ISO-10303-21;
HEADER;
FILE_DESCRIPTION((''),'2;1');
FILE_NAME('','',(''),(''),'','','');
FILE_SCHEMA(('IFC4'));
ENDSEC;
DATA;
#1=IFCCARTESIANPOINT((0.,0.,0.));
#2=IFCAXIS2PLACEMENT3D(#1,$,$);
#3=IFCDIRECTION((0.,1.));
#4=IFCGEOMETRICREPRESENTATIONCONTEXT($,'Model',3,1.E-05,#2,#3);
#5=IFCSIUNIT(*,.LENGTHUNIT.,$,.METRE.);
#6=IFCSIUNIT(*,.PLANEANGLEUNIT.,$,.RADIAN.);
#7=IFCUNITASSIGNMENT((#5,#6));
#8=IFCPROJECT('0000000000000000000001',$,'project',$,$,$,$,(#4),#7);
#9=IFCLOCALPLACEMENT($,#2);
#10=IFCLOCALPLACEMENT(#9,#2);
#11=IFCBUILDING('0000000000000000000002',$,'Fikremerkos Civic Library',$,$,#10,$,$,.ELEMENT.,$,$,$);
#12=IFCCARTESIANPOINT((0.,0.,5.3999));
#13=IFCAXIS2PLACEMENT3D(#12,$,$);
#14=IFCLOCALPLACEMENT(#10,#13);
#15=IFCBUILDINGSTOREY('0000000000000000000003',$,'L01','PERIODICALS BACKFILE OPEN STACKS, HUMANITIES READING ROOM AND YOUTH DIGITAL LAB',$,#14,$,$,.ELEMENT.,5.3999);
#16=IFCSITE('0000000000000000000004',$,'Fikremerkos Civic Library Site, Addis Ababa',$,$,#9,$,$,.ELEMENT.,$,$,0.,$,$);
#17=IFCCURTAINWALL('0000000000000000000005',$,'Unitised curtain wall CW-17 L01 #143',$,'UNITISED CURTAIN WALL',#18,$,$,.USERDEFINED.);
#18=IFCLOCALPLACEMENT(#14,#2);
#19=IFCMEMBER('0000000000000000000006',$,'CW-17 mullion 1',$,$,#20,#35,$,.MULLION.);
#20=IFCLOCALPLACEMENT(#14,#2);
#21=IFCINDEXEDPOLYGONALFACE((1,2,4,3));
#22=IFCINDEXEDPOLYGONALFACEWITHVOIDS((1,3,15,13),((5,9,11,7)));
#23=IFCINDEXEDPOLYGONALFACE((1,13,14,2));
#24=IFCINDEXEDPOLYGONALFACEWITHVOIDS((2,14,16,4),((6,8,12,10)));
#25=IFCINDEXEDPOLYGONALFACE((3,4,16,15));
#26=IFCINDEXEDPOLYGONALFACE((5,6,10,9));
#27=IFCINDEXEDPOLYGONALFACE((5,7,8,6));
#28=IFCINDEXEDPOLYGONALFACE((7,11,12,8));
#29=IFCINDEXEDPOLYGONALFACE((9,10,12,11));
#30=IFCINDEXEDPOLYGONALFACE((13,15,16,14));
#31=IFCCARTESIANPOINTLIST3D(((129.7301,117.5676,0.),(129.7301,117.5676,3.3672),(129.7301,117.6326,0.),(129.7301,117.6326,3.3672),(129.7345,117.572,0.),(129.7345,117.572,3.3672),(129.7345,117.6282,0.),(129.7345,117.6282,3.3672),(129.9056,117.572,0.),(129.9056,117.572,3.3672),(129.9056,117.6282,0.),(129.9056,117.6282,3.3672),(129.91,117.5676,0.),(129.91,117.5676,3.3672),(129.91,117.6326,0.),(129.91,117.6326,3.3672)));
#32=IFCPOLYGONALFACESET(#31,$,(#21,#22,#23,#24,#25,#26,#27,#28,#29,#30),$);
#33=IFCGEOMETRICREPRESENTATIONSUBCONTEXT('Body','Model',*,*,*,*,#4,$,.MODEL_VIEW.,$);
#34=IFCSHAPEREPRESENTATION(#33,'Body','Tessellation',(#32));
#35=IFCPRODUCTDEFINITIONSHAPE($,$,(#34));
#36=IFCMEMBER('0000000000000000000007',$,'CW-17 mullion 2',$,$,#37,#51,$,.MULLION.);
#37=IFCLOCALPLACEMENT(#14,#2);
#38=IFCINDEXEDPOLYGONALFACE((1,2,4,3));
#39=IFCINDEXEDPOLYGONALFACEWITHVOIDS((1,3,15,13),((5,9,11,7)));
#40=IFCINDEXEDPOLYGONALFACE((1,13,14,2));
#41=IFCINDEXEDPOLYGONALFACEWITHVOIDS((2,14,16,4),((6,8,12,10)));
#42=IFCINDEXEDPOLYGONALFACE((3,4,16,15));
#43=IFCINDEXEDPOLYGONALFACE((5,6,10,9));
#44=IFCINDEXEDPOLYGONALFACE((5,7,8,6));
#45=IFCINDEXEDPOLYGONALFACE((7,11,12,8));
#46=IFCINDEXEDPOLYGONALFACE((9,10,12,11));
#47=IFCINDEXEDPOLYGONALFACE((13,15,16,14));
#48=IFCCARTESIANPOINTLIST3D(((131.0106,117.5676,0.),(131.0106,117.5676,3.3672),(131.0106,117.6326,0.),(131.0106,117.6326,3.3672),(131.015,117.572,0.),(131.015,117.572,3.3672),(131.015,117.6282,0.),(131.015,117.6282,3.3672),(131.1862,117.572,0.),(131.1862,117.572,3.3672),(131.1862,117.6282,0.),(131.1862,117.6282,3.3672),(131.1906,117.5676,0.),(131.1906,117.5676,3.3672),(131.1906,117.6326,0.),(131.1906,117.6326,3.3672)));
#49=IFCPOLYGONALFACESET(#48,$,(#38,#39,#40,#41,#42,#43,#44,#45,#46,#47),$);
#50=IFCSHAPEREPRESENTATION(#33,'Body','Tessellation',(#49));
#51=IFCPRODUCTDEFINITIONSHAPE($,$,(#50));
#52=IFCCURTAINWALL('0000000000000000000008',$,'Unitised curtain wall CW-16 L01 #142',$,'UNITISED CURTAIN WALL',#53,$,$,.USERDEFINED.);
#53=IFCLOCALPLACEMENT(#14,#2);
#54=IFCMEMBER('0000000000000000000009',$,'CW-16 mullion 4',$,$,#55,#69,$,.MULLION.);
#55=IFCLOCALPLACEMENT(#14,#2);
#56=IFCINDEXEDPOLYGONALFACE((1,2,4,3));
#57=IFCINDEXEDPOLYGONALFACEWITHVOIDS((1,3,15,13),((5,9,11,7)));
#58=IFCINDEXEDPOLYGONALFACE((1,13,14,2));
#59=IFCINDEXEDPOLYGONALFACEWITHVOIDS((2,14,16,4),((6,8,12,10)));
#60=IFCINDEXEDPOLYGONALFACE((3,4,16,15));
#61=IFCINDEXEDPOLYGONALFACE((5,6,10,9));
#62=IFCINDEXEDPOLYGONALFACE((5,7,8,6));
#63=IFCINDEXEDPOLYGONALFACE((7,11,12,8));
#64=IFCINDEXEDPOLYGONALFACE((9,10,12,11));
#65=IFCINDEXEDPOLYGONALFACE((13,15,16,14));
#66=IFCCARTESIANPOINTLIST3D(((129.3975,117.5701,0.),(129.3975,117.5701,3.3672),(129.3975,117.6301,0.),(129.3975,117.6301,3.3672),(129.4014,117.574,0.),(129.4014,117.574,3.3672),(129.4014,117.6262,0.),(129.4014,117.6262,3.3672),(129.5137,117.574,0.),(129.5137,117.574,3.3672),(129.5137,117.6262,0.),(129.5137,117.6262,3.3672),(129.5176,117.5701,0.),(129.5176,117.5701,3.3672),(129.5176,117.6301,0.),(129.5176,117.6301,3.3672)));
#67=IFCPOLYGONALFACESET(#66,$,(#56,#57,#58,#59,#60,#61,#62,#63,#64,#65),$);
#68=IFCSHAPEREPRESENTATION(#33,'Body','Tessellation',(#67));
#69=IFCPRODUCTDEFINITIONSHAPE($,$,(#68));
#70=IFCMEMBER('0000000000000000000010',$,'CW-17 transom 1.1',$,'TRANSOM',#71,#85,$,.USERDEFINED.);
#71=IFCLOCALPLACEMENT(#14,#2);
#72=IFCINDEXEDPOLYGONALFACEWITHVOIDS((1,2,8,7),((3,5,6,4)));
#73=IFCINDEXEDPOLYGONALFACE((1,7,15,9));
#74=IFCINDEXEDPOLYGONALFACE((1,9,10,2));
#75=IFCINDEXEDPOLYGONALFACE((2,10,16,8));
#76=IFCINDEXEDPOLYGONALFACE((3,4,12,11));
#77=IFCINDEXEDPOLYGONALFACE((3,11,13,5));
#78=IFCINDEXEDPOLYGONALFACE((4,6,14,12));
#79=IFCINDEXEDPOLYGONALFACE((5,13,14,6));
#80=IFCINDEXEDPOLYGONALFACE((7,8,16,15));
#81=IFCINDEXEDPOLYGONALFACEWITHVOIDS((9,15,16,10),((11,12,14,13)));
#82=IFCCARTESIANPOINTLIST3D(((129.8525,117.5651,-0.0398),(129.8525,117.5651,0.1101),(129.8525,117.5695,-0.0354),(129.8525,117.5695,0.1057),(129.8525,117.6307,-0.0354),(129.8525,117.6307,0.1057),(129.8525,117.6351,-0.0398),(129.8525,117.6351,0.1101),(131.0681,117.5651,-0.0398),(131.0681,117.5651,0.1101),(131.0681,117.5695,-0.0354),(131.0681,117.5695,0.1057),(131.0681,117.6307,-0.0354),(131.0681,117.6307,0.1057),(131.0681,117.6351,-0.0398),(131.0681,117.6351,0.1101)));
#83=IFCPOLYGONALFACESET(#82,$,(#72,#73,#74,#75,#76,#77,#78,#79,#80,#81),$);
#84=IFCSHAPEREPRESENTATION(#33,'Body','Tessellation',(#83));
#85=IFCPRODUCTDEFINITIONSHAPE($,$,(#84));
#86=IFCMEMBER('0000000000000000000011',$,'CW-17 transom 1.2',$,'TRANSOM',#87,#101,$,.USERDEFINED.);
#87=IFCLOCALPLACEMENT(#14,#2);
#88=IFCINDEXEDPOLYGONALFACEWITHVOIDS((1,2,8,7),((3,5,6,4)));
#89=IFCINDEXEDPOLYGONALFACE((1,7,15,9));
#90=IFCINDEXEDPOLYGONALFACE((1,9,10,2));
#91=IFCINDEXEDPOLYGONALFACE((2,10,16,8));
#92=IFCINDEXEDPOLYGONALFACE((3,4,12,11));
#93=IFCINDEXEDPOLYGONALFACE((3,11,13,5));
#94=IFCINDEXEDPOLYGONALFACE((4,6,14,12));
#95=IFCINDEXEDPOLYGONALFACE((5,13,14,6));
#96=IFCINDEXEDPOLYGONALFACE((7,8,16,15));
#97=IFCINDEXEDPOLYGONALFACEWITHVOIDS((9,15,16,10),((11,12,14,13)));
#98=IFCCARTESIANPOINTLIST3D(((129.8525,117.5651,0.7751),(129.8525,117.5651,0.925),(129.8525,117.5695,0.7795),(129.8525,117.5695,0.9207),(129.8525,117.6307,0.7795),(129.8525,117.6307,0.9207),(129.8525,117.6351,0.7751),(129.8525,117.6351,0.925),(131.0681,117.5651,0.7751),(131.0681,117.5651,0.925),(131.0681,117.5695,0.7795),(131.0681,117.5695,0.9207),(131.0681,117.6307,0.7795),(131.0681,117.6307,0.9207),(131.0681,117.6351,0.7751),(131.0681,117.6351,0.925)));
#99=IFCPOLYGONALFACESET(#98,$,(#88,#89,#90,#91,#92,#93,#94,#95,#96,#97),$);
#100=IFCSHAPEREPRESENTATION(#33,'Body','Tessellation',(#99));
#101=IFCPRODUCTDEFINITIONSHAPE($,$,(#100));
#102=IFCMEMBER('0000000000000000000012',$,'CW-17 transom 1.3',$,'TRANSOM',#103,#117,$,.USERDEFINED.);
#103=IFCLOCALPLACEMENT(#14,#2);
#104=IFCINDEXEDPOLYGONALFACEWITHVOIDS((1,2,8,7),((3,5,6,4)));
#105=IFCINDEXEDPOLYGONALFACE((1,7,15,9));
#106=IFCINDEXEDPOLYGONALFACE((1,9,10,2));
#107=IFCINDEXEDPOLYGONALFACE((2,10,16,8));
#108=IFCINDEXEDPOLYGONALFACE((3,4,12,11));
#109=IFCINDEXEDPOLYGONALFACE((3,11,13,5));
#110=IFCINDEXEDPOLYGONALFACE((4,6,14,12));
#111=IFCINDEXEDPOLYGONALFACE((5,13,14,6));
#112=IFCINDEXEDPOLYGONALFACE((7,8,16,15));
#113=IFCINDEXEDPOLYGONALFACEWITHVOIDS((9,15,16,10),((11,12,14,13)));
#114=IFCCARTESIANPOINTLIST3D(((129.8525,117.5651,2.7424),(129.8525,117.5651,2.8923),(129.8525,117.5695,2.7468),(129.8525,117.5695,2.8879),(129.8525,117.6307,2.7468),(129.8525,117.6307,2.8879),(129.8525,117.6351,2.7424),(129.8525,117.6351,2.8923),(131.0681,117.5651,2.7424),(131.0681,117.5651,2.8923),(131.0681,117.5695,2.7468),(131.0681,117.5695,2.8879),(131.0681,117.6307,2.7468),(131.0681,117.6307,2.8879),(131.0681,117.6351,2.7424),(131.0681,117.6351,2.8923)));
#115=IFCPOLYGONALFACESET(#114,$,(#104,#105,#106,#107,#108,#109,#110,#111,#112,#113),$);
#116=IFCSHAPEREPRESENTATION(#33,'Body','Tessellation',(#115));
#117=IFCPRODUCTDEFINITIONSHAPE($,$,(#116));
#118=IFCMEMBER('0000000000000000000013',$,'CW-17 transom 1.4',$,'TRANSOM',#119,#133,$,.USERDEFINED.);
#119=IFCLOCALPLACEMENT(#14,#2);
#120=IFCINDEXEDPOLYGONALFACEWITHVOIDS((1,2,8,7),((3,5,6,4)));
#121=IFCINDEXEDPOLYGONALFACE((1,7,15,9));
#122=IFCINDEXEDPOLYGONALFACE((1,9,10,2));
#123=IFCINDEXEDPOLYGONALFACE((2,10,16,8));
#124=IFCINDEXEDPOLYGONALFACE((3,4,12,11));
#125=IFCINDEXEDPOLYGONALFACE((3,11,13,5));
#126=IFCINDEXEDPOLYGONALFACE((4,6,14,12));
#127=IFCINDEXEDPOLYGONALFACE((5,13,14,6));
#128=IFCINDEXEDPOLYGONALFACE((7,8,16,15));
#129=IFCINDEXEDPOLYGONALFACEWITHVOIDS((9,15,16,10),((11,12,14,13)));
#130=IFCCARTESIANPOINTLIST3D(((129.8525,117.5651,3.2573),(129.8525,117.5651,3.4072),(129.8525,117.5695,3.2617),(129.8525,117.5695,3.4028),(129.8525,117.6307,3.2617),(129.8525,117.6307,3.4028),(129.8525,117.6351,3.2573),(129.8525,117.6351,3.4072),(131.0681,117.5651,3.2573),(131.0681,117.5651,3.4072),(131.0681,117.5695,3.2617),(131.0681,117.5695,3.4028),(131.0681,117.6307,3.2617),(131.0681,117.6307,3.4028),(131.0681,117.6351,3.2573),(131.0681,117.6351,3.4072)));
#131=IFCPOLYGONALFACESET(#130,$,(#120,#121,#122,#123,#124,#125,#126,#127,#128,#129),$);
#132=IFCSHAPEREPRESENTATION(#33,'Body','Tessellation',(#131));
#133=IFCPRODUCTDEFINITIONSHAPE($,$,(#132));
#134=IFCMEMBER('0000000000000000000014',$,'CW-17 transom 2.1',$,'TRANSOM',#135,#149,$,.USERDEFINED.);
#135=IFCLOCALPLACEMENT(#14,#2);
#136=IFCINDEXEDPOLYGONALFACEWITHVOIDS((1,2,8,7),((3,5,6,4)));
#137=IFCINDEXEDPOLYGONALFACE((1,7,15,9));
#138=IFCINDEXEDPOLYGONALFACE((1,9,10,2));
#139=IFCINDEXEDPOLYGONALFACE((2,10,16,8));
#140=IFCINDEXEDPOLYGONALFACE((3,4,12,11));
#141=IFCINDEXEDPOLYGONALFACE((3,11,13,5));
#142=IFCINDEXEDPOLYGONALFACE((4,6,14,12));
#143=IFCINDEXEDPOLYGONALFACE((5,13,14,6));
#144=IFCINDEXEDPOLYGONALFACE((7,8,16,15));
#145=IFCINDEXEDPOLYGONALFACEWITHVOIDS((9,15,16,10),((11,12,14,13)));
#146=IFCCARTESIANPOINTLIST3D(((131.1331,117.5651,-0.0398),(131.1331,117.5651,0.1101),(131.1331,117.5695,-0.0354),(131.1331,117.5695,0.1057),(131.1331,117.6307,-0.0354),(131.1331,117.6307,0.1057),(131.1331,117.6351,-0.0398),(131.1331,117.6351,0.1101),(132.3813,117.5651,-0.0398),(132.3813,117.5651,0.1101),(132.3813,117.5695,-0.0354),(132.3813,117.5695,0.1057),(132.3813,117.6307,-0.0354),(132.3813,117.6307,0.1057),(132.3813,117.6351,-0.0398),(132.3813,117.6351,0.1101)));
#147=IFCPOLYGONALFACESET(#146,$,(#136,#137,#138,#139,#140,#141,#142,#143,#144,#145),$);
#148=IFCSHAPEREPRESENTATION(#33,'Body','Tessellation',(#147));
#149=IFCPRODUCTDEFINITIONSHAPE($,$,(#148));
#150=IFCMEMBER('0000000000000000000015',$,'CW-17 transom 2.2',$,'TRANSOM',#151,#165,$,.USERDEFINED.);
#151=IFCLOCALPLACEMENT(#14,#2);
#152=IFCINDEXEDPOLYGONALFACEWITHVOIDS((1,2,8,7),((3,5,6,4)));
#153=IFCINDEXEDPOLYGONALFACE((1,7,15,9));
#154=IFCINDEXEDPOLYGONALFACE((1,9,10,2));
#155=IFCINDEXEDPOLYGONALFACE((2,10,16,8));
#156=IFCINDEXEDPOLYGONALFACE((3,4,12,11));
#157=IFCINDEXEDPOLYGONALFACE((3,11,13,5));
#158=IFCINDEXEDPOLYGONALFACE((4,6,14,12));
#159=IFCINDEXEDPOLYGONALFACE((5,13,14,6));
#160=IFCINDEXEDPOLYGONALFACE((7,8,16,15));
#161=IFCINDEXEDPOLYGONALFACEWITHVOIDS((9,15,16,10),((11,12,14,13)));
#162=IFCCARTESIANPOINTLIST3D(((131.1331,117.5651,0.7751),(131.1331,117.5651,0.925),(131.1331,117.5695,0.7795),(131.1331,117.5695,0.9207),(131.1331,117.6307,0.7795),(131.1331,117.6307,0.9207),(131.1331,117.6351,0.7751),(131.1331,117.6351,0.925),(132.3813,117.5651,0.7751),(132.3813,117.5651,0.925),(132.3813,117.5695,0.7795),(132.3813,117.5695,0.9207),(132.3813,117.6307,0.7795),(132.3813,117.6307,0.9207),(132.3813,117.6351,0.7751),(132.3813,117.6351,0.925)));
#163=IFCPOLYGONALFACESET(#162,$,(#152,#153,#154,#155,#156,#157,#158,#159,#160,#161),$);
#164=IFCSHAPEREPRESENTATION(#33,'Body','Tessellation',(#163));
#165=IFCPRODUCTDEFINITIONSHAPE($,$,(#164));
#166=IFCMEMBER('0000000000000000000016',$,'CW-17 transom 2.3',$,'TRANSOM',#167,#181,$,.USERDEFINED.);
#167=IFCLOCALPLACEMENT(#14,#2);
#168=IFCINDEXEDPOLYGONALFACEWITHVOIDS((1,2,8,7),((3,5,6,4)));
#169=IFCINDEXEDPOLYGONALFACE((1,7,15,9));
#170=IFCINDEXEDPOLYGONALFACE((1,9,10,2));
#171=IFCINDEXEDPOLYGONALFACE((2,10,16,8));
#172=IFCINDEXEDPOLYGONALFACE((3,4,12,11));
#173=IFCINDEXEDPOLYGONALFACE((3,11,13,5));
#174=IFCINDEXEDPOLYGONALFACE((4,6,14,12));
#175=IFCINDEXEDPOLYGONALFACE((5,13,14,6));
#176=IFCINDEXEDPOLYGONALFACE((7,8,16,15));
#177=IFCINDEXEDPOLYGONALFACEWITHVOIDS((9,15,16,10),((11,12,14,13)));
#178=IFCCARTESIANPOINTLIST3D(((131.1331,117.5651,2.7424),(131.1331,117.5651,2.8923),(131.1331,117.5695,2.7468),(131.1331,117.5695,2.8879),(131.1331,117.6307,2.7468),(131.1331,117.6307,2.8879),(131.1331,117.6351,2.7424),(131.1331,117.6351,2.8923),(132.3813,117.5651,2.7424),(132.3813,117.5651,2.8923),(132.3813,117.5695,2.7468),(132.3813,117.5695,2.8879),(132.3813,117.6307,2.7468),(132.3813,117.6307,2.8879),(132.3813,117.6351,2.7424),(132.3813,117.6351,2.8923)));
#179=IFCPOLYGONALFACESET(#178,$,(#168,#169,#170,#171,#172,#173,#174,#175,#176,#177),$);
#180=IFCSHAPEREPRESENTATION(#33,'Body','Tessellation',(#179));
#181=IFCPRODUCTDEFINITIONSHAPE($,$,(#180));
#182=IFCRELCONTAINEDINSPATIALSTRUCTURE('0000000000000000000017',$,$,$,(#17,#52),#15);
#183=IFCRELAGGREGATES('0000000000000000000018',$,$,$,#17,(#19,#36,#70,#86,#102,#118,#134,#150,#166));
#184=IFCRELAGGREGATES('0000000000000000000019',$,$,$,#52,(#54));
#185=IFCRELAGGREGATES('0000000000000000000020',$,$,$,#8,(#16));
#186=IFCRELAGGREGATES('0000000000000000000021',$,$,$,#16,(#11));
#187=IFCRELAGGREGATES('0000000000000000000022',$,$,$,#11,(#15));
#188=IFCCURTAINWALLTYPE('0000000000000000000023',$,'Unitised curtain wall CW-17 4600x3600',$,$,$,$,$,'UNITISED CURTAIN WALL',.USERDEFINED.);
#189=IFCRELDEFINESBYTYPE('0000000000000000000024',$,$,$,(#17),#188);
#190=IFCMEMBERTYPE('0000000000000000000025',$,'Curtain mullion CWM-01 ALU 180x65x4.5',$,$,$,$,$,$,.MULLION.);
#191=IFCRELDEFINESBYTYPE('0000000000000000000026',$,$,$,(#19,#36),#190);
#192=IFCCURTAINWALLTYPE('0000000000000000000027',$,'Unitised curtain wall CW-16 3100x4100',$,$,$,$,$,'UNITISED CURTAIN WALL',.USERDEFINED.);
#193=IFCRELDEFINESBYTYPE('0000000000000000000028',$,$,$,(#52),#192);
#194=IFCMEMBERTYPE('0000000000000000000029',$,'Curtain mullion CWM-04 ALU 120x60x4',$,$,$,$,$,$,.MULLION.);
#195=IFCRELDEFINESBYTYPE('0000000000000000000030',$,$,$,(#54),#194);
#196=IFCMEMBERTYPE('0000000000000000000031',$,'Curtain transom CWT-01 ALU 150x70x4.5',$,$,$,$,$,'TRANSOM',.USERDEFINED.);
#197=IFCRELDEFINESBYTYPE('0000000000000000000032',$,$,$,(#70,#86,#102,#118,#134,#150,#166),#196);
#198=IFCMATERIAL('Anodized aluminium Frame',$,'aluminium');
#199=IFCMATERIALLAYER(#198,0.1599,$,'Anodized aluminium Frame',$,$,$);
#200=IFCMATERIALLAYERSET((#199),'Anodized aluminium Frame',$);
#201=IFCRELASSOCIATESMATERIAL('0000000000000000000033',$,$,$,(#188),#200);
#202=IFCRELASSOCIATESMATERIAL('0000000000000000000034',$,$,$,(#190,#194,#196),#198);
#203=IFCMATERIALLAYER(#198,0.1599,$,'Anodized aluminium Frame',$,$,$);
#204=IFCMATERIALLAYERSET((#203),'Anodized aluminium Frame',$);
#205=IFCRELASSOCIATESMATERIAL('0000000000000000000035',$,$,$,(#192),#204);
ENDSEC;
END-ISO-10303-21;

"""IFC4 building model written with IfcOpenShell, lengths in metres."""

from ifc_helpers import new_model, si_unit, direction, frame, origin, origin_2d, place, context, subcontext, project, spatial, hollow_rectangle, extrude, material, layer, layer_set, material_profile, profile_set, type_object, element, aggregate, save


model = new_model("IFC4")

# Units and contexts
model_context = context("Model", 3, precision=1e-05, world=origin(), true_north=direction((0.0, 1.0)))
body_context = subcontext(model_context, "Body", "Model", "MODEL_VIEW")
ifc_project = project(units=[si_unit("LENGTHUNIT", "METRE"), si_unit("PLANEANGLEUNIT", "RADIAN")], contexts=[model_context])

# Site, building, storey
site_placement = place(None, origin())
site = spatial("IfcSite", under=ifc_project, at=site_placement, Name="Fikremerkos Civic Library Site, Addis Ababa", CompositionType="ELEMENT", RefElevation=0.0)
building_placement = place(site_placement, origin())
building = spatial("IfcBuilding", under=site, at=building_placement, Name="Fikremerkos Civic Library", CompositionType="ELEMENT")
storey_placement = place(building_placement, frame((0.0, 0.0, 5.3999)))
storey = spatial("IfcBuildingStorey", under=building, at=storey_placement, Name="L01", Description="PERIODICALS BACKFILE OPEN STACKS, HUMANITIES READING ROOM AND YOUTH DIGITAL LAB", CompositionType="ELEMENT", Elevation=5.3999)

# Curtain wall, members
ifc_material_1 = material(Name="Anodized aluminium Frame", Category="aluminium")
ifc_layer_1 = layer(ifc_material_1, 0.1599, Name="Anodized aluminium Frame")
ifc_layer_set_1 = layer_set([ifc_layer_1], Name="Anodized aluminium Frame")
curtain_wall_type_1 = type_object("IfcCurtainWallType", Name="Unitised curtain wall CW-17 4600x3600", ElementType="UNITISED CURTAIN WALL", PredefinedType="USERDEFINED", material=ifc_layer_set_1)
curtain_wall_1_placement = place(storey_placement, origin())
curtain_wall_1 = element("IfcCurtainWall", 1, at=curtain_wall_1_placement, inside=storey, type_object=curtain_wall_type_1, Name="Unitised curtain wall CW-17 L01 #143", ObjectType="UNITISED CURTAIN WALL", PredefinedType="USERDEFINED")
ifc_material_profile_1 = material_profile(ifc_material_1, hollow_rectangle(XDim=0.0649, YDim=0.1799, WallThickness=0.0044, at=origin_2d()), Name="ALU 180x65x4.5")
ifc_profile_set_1 = profile_set([ifc_material_profile_1], Name="Anodized aluminium Frame")
member_type_1 = type_object("IfcMemberType", Name="Curtain mullion CWM-01 ALU 180x65x4.5", PredefinedType="MULLION", material=ifc_profile_set_1)
member_1_placement = place(storey_placement, frame((129.8201, 117.6001, 0.0), z_axis=(0.0, 0.0, 1.0), x_axis=(0.0, 1.0, 0.0)))
member_1 = element("IfcMember", 2, at=member_1_placement, type_object=member_type_1, Name="CW-17 mullion 1", PredefinedType="MULLION", context=body_context, shape_type="SweptSolid", body=[
    extrude(hollow_rectangle(XDim=0.0649, YDim=0.1799, WallThickness=0.0044, at=origin_2d()), origin(), (0.0, 0.0, 1.0), 3.3672),
])
member_2_placement = place(storey_placement, frame((131.1006, 117.6001, 0.0), z_axis=(0.0, 0.0, 1.0), x_axis=(0.0, 1.0, 0.0)))
member_2 = element("IfcMember", 3, at=member_2_placement, type_object=member_type_1, Name="CW-17 mullion 2", PredefinedType="MULLION", context=body_context, shape_type="SweptSolid", body=[
    extrude(hollow_rectangle(XDim=0.0649, YDim=0.1799, WallThickness=0.0044, at=origin_2d()), origin(), (0.0, 0.0, 1.0), 3.3672),
])

# Curtain wall, member
ifc_layer_2 = layer(ifc_material_1, 0.1599, Name="Anodized aluminium Frame")
ifc_layer_set_2 = layer_set([ifc_layer_2], Name="Anodized aluminium Frame")
curtain_wall_type_2 = type_object("IfcCurtainWallType", Name="Unitised curtain wall CW-16 3100x4100", ElementType="UNITISED CURTAIN WALL", PredefinedType="USERDEFINED", material=ifc_layer_set_2)
curtain_wall_2_placement = place(storey_placement, origin())
curtain_wall_2 = element("IfcCurtainWall", 4, at=curtain_wall_2_placement, inside=storey, type_object=curtain_wall_type_2, Name="Unitised curtain wall CW-16 L01 #142", ObjectType="UNITISED CURTAIN WALL", PredefinedType="USERDEFINED")
ifc_material_profile_2 = material_profile(ifc_material_1, hollow_rectangle(XDim=0.0601, YDim=0.1201, WallThickness=0.0039, at=origin_2d()), Name="ALU 120x60x4")
ifc_profile_set_2 = profile_set([ifc_material_profile_2], Name="Anodized aluminium Frame")
member_type_2 = type_object("IfcMemberType", Name="Curtain mullion CWM-04 ALU 120x60x4", PredefinedType="MULLION", material=ifc_profile_set_2)
member_3_placement = place(storey_placement, frame((129.4575, 117.6001, 0.0), z_axis=(0.0, 0.0, 1.0), x_axis=(0.0, 1.0, 0.0)))
member_3 = element("IfcMember", 5, at=member_3_placement, type_object=member_type_2, Name="CW-16 mullion 4", PredefinedType="MULLION", context=body_context, shape_type="SweptSolid", body=[
    extrude(hollow_rectangle(XDim=0.0601, YDim=0.1201, WallThickness=0.0039, at=origin_2d()), origin(), (0.0, 0.0, 1.0), 3.3672),
])

# Members
ifc_material_profile_3 = material_profile(ifc_material_1, hollow_rectangle(XDim=0.0701, YDim=0.1499, WallThickness=0.0044, at=origin_2d()), Name="ALU 150x70x4.5")
ifc_profile_set_3 = profile_set([ifc_material_profile_3], Name="Anodized aluminium Frame")
member_type_3 = type_object("IfcMemberType", Name="Curtain transom CWT-01 ALU 150x70x4.5", ElementType="TRANSOM", PredefinedType="USERDEFINED", material=ifc_profile_set_3)
member_4_placement = place(storey_placement, frame((129.8525, 117.6001, 0.0352), z_axis=(1.0, 0.0, 0.0), x_axis=(0.0, 1.0, 0.0)))
member_4 = element("IfcMember", 6, at=member_4_placement, type_object=member_type_3, Name="CW-17 transom 1.1", ObjectType="TRANSOM", PredefinedType="USERDEFINED", context=body_context, shape_type="SweptSolid", body=[
    extrude(hollow_rectangle(XDim=0.0701, YDim=0.1499, WallThickness=0.0044, at=origin_2d()), origin(), (0.0, 0.0, 1.0), 1.2156),
])
member_5_placement = place(storey_placement, frame((129.8525, 117.6001, 0.8501), z_axis=(1.0, 0.0, 0.0), x_axis=(0.0, 1.0, 0.0)))
member_5 = element("IfcMember", 7, at=member_5_placement, type_object=member_type_3, Name="CW-17 transom 1.2", ObjectType="TRANSOM", PredefinedType="USERDEFINED", context=body_context, shape_type="SweptSolid", body=[
    extrude(hollow_rectangle(XDim=0.0701, YDim=0.1499, WallThickness=0.0044, at=origin_2d()), origin(), (0.0, 0.0, 1.0), 1.2156),
])
member_6_placement = place(storey_placement, frame((129.8525, 117.6001, 2.8174), z_axis=(1.0, 0.0, 0.0), x_axis=(0.0, 1.0, 0.0)))
member_6 = element("IfcMember", 8, at=member_6_placement, type_object=member_type_3, Name="CW-17 transom 1.3", ObjectType="TRANSOM", PredefinedType="USERDEFINED", context=body_context, shape_type="SweptSolid", body=[
    extrude(hollow_rectangle(XDim=0.0701, YDim=0.1499, WallThickness=0.0044, at=origin_2d()), origin(), (0.0, 0.0, 1.0), 1.2156),
])
member_7_placement = place(storey_placement, frame((129.8525, 117.6001, 3.3323), z_axis=(1.0, 0.0, 0.0), x_axis=(0.0, 1.0, 0.0)))
member_7 = element("IfcMember", 9, at=member_7_placement, type_object=member_type_3, Name="CW-17 transom 1.4", ObjectType="TRANSOM", PredefinedType="USERDEFINED", context=body_context, shape_type="SweptSolid", body=[
    extrude(hollow_rectangle(XDim=0.0701, YDim=0.1499, WallThickness=0.0044, at=origin_2d()), origin(), (0.0, 0.0, 1.0), 1.2156),
])
member_8_placement = place(storey_placement, frame((131.1331, 117.6001, 0.0352), z_axis=(1.0, 0.0, 0.0), x_axis=(0.0, 1.0, 0.0)))
member_8 = element("IfcMember", 10, at=member_8_placement, type_object=member_type_3, Name="CW-17 transom 2.1", ObjectType="TRANSOM", PredefinedType="USERDEFINED", context=body_context, shape_type="SweptSolid", body=[
    extrude(hollow_rectangle(XDim=0.0701, YDim=0.1499, WallThickness=0.0044, at=origin_2d()), origin(), (0.0, 0.0, 1.0), 1.2483),
])
member_9_placement = place(storey_placement, frame((131.1331, 117.6001, 0.8501), z_axis=(1.0, 0.0, 0.0), x_axis=(0.0, 1.0, 0.0)))
member_9 = element("IfcMember", 11, at=member_9_placement, type_object=member_type_3, Name="CW-17 transom 2.2", ObjectType="TRANSOM", PredefinedType="USERDEFINED", context=body_context, shape_type="SweptSolid", body=[
    extrude(hollow_rectangle(XDim=0.0701, YDim=0.1499, WallThickness=0.0044, at=origin_2d()), origin(), (0.0, 0.0, 1.0), 1.2483),
])
member_10_placement = place(storey_placement, frame((131.1331, 117.6001, 2.8174), z_axis=(1.0, 0.0, 0.0), x_axis=(0.0, 1.0, 0.0)))
member_10 = element("IfcMember", 12, at=member_10_placement, type_object=member_type_3, Name="CW-17 transom 2.3", ObjectType="TRANSOM", PredefinedType="USERDEFINED", context=body_context, shape_type="SweptSolid", body=[
    extrude(hollow_rectangle(XDim=0.0701, YDim=0.1499, WallThickness=0.0044, at=origin_2d()), origin(), (0.0, 0.0, 1.0), 1.2483),
])

aggregate(curtain_wall_1, [member_1, member_2, member_4, member_5, member_6, member_7, member_8, member_9, member_10])
aggregate(curtain_wall_2, [member_3])

save(model, "model.ifc")
